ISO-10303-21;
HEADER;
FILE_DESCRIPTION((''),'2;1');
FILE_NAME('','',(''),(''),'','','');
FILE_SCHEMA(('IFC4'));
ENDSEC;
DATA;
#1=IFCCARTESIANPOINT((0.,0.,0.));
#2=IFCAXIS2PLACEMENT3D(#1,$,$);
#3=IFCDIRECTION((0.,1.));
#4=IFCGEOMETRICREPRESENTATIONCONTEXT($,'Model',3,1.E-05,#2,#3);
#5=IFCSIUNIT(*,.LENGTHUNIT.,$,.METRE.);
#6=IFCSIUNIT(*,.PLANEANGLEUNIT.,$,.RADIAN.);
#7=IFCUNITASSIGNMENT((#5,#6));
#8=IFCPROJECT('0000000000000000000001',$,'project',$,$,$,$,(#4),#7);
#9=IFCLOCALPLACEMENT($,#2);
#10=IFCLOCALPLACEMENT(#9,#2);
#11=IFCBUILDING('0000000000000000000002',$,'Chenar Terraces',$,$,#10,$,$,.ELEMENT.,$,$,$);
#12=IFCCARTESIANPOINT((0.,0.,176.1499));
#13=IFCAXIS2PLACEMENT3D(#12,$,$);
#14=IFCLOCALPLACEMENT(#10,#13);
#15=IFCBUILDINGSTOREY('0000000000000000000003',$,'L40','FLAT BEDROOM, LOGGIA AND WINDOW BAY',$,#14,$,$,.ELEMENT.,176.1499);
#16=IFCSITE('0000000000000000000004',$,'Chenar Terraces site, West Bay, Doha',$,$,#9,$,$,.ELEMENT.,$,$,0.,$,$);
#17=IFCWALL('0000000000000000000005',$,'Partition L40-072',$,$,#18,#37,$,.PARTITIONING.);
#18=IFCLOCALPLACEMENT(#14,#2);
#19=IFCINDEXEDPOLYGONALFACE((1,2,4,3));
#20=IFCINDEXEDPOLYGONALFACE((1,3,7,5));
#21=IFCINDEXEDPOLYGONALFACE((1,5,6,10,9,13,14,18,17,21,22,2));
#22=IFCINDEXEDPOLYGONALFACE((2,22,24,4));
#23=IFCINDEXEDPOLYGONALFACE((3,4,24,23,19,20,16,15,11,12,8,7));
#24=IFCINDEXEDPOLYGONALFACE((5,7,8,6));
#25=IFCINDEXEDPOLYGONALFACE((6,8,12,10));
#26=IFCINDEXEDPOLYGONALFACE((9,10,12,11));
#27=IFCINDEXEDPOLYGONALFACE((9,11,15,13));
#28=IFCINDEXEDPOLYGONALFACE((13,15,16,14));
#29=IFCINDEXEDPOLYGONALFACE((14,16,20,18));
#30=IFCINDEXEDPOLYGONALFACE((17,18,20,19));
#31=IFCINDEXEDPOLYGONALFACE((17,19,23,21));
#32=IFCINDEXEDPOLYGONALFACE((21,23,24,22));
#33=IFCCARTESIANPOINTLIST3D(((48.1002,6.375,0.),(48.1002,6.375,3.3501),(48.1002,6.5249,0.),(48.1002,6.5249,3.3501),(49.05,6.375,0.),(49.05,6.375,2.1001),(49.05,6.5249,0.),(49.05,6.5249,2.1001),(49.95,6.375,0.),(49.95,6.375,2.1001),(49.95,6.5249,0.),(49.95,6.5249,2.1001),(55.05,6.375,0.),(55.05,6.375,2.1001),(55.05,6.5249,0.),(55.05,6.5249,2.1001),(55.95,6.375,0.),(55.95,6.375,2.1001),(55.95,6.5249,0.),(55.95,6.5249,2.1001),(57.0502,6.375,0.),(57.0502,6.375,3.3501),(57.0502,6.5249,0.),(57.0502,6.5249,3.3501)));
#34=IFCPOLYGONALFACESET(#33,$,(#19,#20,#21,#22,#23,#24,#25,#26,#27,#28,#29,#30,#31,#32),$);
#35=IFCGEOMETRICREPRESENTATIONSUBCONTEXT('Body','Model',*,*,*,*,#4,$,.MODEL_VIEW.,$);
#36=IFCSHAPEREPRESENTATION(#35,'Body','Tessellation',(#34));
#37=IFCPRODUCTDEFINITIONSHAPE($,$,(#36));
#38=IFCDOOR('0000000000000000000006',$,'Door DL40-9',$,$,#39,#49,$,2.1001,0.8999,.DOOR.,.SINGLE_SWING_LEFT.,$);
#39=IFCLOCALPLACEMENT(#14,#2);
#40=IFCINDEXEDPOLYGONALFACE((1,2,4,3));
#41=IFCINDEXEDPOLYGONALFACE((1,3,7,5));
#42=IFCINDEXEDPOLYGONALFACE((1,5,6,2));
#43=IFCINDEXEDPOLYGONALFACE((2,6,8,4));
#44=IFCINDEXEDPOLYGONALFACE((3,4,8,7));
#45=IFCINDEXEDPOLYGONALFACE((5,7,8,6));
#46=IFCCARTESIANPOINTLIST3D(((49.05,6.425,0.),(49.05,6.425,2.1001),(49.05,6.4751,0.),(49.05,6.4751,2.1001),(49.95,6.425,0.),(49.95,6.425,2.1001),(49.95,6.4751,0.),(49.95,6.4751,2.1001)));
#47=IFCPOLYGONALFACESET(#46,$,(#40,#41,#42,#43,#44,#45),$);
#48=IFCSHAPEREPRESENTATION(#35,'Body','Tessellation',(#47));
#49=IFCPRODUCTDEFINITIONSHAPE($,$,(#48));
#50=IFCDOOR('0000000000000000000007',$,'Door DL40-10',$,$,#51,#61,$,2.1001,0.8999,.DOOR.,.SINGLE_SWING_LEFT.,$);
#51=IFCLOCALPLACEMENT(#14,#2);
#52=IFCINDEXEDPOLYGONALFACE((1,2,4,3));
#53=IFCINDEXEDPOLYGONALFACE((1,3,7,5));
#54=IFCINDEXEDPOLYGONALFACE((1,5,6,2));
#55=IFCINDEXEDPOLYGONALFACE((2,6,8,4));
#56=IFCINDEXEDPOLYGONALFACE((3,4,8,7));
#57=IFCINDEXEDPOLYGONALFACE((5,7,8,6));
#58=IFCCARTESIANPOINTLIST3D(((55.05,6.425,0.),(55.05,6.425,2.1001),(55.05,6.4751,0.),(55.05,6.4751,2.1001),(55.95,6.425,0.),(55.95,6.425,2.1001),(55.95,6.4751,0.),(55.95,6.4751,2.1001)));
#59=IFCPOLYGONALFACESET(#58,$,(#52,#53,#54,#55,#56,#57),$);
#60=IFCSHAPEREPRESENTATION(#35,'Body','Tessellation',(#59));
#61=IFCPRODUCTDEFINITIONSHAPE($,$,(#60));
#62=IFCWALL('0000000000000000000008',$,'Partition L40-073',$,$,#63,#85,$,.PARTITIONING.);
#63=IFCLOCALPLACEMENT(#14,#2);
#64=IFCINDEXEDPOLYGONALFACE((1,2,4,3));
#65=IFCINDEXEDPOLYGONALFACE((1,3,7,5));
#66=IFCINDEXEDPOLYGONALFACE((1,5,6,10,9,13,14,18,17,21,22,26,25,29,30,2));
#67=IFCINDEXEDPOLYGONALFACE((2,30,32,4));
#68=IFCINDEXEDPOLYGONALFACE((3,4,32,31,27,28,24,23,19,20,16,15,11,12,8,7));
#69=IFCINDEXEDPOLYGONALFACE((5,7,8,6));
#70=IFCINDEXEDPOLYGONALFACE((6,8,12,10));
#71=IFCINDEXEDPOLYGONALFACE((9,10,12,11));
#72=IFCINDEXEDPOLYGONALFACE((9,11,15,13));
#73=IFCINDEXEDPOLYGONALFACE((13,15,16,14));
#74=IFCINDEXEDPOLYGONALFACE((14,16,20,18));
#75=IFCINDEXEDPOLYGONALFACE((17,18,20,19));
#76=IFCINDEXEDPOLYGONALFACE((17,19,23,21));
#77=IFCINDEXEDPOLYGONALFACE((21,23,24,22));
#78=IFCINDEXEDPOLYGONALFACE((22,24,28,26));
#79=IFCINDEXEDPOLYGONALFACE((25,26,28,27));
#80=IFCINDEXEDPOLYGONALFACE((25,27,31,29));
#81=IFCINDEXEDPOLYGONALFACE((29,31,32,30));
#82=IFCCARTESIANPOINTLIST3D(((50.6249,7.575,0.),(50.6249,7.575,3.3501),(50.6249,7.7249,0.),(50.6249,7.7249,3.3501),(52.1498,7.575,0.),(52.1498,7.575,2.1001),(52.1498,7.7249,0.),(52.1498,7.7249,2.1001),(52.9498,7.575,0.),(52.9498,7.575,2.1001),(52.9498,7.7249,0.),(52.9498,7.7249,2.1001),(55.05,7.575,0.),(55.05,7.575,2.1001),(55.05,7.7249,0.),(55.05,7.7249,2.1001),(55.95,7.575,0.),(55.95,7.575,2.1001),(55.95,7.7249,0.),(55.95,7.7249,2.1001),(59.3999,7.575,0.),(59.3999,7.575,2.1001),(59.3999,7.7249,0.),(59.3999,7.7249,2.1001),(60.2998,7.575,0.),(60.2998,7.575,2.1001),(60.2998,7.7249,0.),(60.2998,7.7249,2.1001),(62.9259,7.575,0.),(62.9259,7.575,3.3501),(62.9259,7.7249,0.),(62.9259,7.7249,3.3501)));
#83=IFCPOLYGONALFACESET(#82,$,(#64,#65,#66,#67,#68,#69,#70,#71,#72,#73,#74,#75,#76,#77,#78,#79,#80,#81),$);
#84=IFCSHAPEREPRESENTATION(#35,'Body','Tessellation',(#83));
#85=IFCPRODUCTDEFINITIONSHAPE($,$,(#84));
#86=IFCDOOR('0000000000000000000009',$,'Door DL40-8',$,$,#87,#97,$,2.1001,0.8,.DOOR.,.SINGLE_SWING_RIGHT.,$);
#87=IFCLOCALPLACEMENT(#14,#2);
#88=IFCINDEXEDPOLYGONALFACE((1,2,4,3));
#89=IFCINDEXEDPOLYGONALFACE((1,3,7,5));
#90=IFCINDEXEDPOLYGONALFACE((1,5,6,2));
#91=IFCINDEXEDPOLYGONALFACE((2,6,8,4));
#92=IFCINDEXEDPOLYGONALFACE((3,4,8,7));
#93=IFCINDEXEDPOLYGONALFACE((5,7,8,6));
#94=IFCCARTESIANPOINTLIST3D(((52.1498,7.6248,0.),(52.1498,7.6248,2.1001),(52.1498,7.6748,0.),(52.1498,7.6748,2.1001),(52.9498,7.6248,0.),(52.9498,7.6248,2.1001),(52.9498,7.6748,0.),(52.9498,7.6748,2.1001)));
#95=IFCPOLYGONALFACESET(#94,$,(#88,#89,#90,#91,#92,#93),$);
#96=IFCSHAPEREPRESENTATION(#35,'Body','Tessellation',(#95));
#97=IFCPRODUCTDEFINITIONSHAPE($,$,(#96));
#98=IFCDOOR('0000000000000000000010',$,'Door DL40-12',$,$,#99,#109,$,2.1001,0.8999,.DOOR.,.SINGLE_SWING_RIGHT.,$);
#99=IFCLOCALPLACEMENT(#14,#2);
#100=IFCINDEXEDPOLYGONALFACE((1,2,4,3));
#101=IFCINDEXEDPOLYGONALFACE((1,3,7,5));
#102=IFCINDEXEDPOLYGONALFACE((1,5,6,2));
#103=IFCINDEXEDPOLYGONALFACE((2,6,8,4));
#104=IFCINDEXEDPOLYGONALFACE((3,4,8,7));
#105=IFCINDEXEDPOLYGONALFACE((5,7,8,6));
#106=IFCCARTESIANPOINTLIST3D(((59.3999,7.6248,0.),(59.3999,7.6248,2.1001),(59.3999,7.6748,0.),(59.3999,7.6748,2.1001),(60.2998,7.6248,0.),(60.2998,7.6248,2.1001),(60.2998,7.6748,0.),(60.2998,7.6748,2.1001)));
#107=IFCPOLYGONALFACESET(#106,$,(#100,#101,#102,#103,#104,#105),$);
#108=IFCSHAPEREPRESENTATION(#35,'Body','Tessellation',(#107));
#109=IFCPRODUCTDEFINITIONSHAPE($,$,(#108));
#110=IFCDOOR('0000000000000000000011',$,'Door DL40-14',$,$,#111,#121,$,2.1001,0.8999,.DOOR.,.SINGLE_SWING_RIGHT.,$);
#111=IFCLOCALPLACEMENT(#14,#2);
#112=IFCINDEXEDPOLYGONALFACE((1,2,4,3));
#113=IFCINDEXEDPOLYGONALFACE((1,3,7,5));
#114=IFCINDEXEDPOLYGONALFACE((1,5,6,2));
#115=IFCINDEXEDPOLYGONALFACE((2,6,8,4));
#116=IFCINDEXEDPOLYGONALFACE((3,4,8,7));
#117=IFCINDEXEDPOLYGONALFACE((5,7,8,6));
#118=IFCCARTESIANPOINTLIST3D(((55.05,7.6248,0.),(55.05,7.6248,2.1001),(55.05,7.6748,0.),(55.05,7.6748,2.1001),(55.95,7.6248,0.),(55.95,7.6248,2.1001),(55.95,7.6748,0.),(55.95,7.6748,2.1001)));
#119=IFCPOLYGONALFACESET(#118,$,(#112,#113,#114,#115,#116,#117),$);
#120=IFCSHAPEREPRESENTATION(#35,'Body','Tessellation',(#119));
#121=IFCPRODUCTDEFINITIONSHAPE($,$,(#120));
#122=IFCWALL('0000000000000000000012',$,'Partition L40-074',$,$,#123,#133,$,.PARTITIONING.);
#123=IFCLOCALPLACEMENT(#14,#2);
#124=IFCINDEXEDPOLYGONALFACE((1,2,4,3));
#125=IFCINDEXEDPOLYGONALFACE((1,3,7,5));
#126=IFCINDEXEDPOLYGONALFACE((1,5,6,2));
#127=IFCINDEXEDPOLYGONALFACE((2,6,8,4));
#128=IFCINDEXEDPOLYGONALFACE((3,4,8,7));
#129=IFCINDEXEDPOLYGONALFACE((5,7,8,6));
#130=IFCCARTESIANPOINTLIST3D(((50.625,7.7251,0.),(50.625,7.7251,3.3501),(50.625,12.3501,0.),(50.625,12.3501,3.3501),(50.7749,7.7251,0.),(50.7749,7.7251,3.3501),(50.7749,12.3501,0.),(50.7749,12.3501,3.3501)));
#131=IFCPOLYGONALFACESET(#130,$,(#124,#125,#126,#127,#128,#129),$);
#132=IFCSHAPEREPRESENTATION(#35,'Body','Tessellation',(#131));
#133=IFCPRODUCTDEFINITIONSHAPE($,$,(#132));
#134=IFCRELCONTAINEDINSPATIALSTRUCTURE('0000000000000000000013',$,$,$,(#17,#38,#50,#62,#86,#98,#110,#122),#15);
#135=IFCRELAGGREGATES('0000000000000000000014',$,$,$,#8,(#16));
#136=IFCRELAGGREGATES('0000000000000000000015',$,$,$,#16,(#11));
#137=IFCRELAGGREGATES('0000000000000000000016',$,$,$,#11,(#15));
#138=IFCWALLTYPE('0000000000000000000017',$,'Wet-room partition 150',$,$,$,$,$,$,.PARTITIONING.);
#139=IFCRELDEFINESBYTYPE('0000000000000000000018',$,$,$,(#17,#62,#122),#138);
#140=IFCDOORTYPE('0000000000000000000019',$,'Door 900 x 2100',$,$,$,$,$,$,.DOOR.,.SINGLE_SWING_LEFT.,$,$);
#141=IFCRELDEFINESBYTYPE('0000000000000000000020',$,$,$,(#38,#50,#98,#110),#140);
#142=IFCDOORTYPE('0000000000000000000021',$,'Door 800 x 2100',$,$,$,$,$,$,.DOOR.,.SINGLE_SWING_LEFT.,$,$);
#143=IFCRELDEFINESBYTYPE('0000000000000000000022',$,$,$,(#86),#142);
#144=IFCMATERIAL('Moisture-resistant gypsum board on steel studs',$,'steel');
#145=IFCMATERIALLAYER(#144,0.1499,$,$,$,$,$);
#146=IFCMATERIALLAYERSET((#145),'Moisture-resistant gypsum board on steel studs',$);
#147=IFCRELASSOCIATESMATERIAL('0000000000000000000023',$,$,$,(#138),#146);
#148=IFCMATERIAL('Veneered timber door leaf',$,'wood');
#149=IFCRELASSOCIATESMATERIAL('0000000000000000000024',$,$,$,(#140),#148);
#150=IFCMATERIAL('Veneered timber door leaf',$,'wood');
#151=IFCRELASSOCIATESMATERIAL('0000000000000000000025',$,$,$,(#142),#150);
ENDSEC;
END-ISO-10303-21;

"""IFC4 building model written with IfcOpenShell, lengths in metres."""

from ifc_helpers import new_model, si_unit, direction, frame, frame_2d, origin, place, context, subcontext, project, spatial, rectangle, extrude, material, layer, layer_set, type_object, element, fill, save


model = new_model("IFC4")

# Units and contexts
model_context = context("Model", 3, precision=1e-05, world=origin(), true_north=direction((0.0, 1.0)))
body_context = subcontext(model_context, "Body", "Model", "MODEL_VIEW")
ifc_project = project(units=[si_unit("LENGTHUNIT", "METRE"), si_unit("PLANEANGLEUNIT", "RADIAN")], contexts=[model_context])

# Site, building, storey
site_placement = place(None, origin())
site = spatial("IfcSite", under=ifc_project, at=site_placement, Name="Chenar Terraces site, West Bay, Doha", CompositionType="ELEMENT", RefElevation=0.0)
building_placement = place(site_placement, origin())
building = spatial("IfcBuilding", under=site, at=building_placement, Name="Chenar Terraces", CompositionType="ELEMENT")
storey_placement = place(building_placement, frame((0.0, 0.0, 176.1499)))
storey = spatial("IfcBuildingStorey", under=building, at=storey_placement, Name="L40", Description="FLAT BEDROOM, LOGGIA AND WINDOW BAY", CompositionType="ELEMENT", Elevation=176.1499)

# Shared definitions
ifc_material_1 = material(Name="Moisture-resistant gypsum board on steel studs", Category="steel")
ifc_layer_1 = layer(ifc_material_1, 0.1499)
ifc_layer_set_1 = layer_set([ifc_layer_1], Name="Moisture-resistant gypsum board on steel studs")
wall_type_1 = type_object("IfcWallType", Name="Wet-room partition 150", PredefinedType="PARTITIONING", material=ifc_layer_set_1)

# Walls, openings, doors
wall_1_placement = place(storey_placement, frame((48.1001, 6.45, 0.0), z_axis=(0.0, 0.0, 1.0), x_axis=(1.0, 0.0, 0.0)))
wall_1 = element("IfcWall", 1, at=wall_1_placement, inside=storey, type_object=wall_type_1, Name="Partition L40-072", PredefinedType="PARTITIONING", context=body_context, shape_type="SweptSolid", body=[
    extrude(rectangle(XDim=8.95, YDim=0.1499, at=frame_2d((4.4751, 0.0))), origin(), (0.0, 0.0, 1.0), 3.3501),
])
opening_1_placement = place(wall_1_placement, frame((0.95, 0.0, 0.0)))
opening_1 = element("IfcOpeningElement", 2, at=opening_1_placement, cuts=wall_1, PredefinedType="OPENING", context=body_context, shape_type="SweptSolid", body=[
    extrude(rectangle(XDim=0.8999, YDim=2.1001, at=frame_2d((0.45, 1.05))), frame((0.0, 0.085, 0.0), z_axis=(0.0, -1.0, 0.0), x_axis=(1.0, 0.0, 0.0)), (0.0, 0.0, 1.0), 0.1699),
])
opening_2_placement = place(wall_1_placement, frame((6.95, 0.0, 0.0)))
opening_2 = element("IfcOpeningElement", 3, at=opening_2_placement, cuts=wall_1, PredefinedType="OPENING", context=body_context, shape_type="SweptSolid", body=[
    extrude(rectangle(XDim=0.8999, YDim=2.1001, at=frame_2d((0.45, 1.05))), frame((0.0, 0.085, 0.0), z_axis=(0.0, -1.0, 0.0), x_axis=(1.0, 0.0, 0.0)), (0.0, 0.0, 1.0), 0.1699),
])
ifc_material_2 = material(Name="Veneered timber door leaf", Category="wood")
door_type_1 = type_object("IfcDoorType", Name="Door 900 x 2100", OperationType="SINGLE_SWING_LEFT", PredefinedType="DOOR", material=ifc_material_2)
door_1_placement = place(opening_1_placement, frame((0.8999, 0.0, 0.0), z_axis=(0.0, 0.0, 1.0), x_axis=(-1.0, 0.0, 0.0)))
door_1 = element("IfcDoor", 4, at=door_1_placement, inside=storey, type_object=door_type_1, Name="Door DL40-9", OperationType="SINGLE_SWING_LEFT", OverallHeight=2.1001, OverallWidth=0.8999, PredefinedType="DOOR", context=body_context, shape_type="SweptSolid", body=[
    extrude(rectangle(XDim=0.8999, YDim=2.1001, at=frame_2d((0.45, 1.05))), frame((0.0, 0.0249, 0.0), z_axis=(0.0, -1.0, 0.0), x_axis=(1.0, 0.0, 0.0)), (0.0, 0.0, 1.0), 0.05),
])
fill(opening_1, door_1)
door_2_placement = place(opening_2_placement, frame((0.8999, 0.0, 0.0), z_axis=(0.0, 0.0, 1.0), x_axis=(-1.0, 0.0, 0.0)))
door_2 = element("IfcDoor", 5, at=door_2_placement, inside=storey, type_object=door_type_1, Name="Door DL40-10", OperationType="SINGLE_SWING_LEFT", OverallHeight=2.1001, OverallWidth=0.8999, PredefinedType="DOOR", context=body_context, shape_type="SweptSolid", body=[
    extrude(rectangle(XDim=0.8999, YDim=2.1001, at=frame_2d((0.45, 1.05))), frame((0.0, 0.0249, 0.0), z_axis=(0.0, -1.0, 0.0), x_axis=(1.0, 0.0, 0.0)), (0.0, 0.0, 1.0), 0.05),
])
fill(opening_2, door_2)
wall_2_placement = place(storey_placement, frame((50.625, 7.6499, 0.0), z_axis=(0.0, 0.0, 1.0), x_axis=(1.0, 0.0, 0.0)))
wall_2 = element("IfcWall", 6, at=wall_2_placement, inside=storey, type_object=wall_type_1, Name="Partition L40-073", PredefinedType="PARTITIONING", context=body_context, shape_type="SweptSolid", body=[
    extrude(rectangle(XDim=12.301, YDim=0.1499, at=frame_2d((6.1504, 0.0))), origin(), (0.0, 0.0, 1.0), 3.3501),
])
opening_3_placement = place(wall_2_placement, frame((1.5249, 0.0, 0.0)))
opening_3 = element("IfcOpeningElement", 7, at=opening_3_placement, cuts=wall_2, PredefinedType="OPENING", context=body_context, shape_type="SweptSolid", body=[
    extrude(rectangle(XDim=0.8, YDim=2.1001, at=frame_2d((0.3999, 1.05))), frame((0.0, 0.085, 0.0), z_axis=(0.0, -1.0, 0.0), x_axis=(1.0, 0.0, 0.0)), (0.0, 0.0, 1.0), 0.1699),
])
opening_4_placement = place(wall_2_placement, frame((8.7749, 0.0, 0.0)))
opening_4 = element("IfcOpeningElement", 8, at=opening_4_placement, cuts=wall_2, PredefinedType="OPENING", context=body_context, shape_type="SweptSolid", body=[
    extrude(rectangle(XDim=0.8999, YDim=2.1001, at=frame_2d((0.45, 1.05))), frame((0.0, 0.085, 0.0), z_axis=(0.0, -1.0, 0.0), x_axis=(1.0, 0.0, 0.0)), (0.0, 0.0, 1.0), 0.1699),
])
opening_5_placement = place(wall_2_placement, frame((4.425, 0.0, 0.0)))
opening_5 = element("IfcOpeningElement", 9, at=opening_5_placement, cuts=wall_2, PredefinedType="OPENING", context=body_context, shape_type="SweptSolid", body=[
    extrude(rectangle(XDim=0.8999, YDim=2.1001, at=frame_2d((0.45, 1.05))), frame((0.0, 0.085, 0.0), z_axis=(0.0, -1.0, 0.0), x_axis=(1.0, 0.0, 0.0)), (0.0, 0.0, 1.0), 0.1699),
])
ifc_material_3 = material(Name="Veneered timber door leaf", Category="wood")
door_type_2 = type_object("IfcDoorType", Name="Door 800 x 2100", OperationType="SINGLE_SWING_LEFT", PredefinedType="DOOR", material=ifc_material_3)
door_3_placement = place(opening_3_placement, origin())
door_3 = element("IfcDoor", 10, at=door_3_placement, inside=storey, type_object=door_type_2, Name="Door DL40-8", OperationType="SINGLE_SWING_RIGHT", OverallHeight=2.1001, OverallWidth=0.8, PredefinedType="DOOR", context=body_context, shape_type="SweptSolid", body=[
    extrude(rectangle(XDim=0.8, YDim=2.1001, at=frame_2d((0.3999, 1.05))), frame((0.0, 0.0249, 0.0), z_axis=(0.0, -1.0, 0.0), x_axis=(1.0, 0.0, 0.0)), (0.0, 0.0, 1.0), 0.05),
])
fill(opening_3, door_3)
door_4_placement = place(opening_4_placement, origin())
door_4 = element("IfcDoor", 11, at=door_4_placement, inside=storey, type_object=door_type_1, Name="Door DL40-12", OperationType="SINGLE_SWING_RIGHT", OverallHeight=2.1001, OverallWidth=0.8999, PredefinedType="DOOR", context=body_context, shape_type="SweptSolid", body=[
    extrude(rectangle(XDim=0.8999, YDim=2.1001, at=frame_2d((0.45, 1.05))), frame((0.0, 0.0249, 0.0), z_axis=(0.0, -1.0, 0.0), x_axis=(1.0, 0.0, 0.0)), (0.0, 0.0, 1.0), 0.05),
])
fill(opening_4, door_4)
door_5_placement = place(opening_5_placement, origin())
door_5 = element("IfcDoor", 12, at=door_5_placement, inside=storey, type_object=door_type_1, Name="Door DL40-14", OperationType="SINGLE_SWING_RIGHT", OverallHeight=2.1001, OverallWidth=0.8999, PredefinedType="DOOR", context=body_context, shape_type="SweptSolid", body=[
    extrude(rectangle(XDim=0.8999, YDim=2.1001, at=frame_2d((0.45, 1.05))), frame((0.0, 0.0249, 0.0), z_axis=(0.0, -1.0, 0.0), x_axis=(1.0, 0.0, 0.0)), (0.0, 0.0, 1.0), 0.05),
])
fill(opening_5, door_5)

# Wall
wall_3_placement = place(storey_placement, frame((50.7, 7.7251, 0.0), z_axis=(0.0, 0.0, 1.0), x_axis=(0.0, 1.0, 0.0)))
element("IfcWall", 13, at=wall_3_placement, inside=storey, type_object=wall_type_1, Name="Partition L40-074", PredefinedType="PARTITIONING", context=body_context, shape_type="SweptSolid", body=[
    extrude(rectangle(XDim=4.625, YDim=0.1499, at=frame_2d((2.3125, 0.0))), origin(), (0.0, 0.0, 1.0), 3.3501),
])

save(model, "model.ifc")
